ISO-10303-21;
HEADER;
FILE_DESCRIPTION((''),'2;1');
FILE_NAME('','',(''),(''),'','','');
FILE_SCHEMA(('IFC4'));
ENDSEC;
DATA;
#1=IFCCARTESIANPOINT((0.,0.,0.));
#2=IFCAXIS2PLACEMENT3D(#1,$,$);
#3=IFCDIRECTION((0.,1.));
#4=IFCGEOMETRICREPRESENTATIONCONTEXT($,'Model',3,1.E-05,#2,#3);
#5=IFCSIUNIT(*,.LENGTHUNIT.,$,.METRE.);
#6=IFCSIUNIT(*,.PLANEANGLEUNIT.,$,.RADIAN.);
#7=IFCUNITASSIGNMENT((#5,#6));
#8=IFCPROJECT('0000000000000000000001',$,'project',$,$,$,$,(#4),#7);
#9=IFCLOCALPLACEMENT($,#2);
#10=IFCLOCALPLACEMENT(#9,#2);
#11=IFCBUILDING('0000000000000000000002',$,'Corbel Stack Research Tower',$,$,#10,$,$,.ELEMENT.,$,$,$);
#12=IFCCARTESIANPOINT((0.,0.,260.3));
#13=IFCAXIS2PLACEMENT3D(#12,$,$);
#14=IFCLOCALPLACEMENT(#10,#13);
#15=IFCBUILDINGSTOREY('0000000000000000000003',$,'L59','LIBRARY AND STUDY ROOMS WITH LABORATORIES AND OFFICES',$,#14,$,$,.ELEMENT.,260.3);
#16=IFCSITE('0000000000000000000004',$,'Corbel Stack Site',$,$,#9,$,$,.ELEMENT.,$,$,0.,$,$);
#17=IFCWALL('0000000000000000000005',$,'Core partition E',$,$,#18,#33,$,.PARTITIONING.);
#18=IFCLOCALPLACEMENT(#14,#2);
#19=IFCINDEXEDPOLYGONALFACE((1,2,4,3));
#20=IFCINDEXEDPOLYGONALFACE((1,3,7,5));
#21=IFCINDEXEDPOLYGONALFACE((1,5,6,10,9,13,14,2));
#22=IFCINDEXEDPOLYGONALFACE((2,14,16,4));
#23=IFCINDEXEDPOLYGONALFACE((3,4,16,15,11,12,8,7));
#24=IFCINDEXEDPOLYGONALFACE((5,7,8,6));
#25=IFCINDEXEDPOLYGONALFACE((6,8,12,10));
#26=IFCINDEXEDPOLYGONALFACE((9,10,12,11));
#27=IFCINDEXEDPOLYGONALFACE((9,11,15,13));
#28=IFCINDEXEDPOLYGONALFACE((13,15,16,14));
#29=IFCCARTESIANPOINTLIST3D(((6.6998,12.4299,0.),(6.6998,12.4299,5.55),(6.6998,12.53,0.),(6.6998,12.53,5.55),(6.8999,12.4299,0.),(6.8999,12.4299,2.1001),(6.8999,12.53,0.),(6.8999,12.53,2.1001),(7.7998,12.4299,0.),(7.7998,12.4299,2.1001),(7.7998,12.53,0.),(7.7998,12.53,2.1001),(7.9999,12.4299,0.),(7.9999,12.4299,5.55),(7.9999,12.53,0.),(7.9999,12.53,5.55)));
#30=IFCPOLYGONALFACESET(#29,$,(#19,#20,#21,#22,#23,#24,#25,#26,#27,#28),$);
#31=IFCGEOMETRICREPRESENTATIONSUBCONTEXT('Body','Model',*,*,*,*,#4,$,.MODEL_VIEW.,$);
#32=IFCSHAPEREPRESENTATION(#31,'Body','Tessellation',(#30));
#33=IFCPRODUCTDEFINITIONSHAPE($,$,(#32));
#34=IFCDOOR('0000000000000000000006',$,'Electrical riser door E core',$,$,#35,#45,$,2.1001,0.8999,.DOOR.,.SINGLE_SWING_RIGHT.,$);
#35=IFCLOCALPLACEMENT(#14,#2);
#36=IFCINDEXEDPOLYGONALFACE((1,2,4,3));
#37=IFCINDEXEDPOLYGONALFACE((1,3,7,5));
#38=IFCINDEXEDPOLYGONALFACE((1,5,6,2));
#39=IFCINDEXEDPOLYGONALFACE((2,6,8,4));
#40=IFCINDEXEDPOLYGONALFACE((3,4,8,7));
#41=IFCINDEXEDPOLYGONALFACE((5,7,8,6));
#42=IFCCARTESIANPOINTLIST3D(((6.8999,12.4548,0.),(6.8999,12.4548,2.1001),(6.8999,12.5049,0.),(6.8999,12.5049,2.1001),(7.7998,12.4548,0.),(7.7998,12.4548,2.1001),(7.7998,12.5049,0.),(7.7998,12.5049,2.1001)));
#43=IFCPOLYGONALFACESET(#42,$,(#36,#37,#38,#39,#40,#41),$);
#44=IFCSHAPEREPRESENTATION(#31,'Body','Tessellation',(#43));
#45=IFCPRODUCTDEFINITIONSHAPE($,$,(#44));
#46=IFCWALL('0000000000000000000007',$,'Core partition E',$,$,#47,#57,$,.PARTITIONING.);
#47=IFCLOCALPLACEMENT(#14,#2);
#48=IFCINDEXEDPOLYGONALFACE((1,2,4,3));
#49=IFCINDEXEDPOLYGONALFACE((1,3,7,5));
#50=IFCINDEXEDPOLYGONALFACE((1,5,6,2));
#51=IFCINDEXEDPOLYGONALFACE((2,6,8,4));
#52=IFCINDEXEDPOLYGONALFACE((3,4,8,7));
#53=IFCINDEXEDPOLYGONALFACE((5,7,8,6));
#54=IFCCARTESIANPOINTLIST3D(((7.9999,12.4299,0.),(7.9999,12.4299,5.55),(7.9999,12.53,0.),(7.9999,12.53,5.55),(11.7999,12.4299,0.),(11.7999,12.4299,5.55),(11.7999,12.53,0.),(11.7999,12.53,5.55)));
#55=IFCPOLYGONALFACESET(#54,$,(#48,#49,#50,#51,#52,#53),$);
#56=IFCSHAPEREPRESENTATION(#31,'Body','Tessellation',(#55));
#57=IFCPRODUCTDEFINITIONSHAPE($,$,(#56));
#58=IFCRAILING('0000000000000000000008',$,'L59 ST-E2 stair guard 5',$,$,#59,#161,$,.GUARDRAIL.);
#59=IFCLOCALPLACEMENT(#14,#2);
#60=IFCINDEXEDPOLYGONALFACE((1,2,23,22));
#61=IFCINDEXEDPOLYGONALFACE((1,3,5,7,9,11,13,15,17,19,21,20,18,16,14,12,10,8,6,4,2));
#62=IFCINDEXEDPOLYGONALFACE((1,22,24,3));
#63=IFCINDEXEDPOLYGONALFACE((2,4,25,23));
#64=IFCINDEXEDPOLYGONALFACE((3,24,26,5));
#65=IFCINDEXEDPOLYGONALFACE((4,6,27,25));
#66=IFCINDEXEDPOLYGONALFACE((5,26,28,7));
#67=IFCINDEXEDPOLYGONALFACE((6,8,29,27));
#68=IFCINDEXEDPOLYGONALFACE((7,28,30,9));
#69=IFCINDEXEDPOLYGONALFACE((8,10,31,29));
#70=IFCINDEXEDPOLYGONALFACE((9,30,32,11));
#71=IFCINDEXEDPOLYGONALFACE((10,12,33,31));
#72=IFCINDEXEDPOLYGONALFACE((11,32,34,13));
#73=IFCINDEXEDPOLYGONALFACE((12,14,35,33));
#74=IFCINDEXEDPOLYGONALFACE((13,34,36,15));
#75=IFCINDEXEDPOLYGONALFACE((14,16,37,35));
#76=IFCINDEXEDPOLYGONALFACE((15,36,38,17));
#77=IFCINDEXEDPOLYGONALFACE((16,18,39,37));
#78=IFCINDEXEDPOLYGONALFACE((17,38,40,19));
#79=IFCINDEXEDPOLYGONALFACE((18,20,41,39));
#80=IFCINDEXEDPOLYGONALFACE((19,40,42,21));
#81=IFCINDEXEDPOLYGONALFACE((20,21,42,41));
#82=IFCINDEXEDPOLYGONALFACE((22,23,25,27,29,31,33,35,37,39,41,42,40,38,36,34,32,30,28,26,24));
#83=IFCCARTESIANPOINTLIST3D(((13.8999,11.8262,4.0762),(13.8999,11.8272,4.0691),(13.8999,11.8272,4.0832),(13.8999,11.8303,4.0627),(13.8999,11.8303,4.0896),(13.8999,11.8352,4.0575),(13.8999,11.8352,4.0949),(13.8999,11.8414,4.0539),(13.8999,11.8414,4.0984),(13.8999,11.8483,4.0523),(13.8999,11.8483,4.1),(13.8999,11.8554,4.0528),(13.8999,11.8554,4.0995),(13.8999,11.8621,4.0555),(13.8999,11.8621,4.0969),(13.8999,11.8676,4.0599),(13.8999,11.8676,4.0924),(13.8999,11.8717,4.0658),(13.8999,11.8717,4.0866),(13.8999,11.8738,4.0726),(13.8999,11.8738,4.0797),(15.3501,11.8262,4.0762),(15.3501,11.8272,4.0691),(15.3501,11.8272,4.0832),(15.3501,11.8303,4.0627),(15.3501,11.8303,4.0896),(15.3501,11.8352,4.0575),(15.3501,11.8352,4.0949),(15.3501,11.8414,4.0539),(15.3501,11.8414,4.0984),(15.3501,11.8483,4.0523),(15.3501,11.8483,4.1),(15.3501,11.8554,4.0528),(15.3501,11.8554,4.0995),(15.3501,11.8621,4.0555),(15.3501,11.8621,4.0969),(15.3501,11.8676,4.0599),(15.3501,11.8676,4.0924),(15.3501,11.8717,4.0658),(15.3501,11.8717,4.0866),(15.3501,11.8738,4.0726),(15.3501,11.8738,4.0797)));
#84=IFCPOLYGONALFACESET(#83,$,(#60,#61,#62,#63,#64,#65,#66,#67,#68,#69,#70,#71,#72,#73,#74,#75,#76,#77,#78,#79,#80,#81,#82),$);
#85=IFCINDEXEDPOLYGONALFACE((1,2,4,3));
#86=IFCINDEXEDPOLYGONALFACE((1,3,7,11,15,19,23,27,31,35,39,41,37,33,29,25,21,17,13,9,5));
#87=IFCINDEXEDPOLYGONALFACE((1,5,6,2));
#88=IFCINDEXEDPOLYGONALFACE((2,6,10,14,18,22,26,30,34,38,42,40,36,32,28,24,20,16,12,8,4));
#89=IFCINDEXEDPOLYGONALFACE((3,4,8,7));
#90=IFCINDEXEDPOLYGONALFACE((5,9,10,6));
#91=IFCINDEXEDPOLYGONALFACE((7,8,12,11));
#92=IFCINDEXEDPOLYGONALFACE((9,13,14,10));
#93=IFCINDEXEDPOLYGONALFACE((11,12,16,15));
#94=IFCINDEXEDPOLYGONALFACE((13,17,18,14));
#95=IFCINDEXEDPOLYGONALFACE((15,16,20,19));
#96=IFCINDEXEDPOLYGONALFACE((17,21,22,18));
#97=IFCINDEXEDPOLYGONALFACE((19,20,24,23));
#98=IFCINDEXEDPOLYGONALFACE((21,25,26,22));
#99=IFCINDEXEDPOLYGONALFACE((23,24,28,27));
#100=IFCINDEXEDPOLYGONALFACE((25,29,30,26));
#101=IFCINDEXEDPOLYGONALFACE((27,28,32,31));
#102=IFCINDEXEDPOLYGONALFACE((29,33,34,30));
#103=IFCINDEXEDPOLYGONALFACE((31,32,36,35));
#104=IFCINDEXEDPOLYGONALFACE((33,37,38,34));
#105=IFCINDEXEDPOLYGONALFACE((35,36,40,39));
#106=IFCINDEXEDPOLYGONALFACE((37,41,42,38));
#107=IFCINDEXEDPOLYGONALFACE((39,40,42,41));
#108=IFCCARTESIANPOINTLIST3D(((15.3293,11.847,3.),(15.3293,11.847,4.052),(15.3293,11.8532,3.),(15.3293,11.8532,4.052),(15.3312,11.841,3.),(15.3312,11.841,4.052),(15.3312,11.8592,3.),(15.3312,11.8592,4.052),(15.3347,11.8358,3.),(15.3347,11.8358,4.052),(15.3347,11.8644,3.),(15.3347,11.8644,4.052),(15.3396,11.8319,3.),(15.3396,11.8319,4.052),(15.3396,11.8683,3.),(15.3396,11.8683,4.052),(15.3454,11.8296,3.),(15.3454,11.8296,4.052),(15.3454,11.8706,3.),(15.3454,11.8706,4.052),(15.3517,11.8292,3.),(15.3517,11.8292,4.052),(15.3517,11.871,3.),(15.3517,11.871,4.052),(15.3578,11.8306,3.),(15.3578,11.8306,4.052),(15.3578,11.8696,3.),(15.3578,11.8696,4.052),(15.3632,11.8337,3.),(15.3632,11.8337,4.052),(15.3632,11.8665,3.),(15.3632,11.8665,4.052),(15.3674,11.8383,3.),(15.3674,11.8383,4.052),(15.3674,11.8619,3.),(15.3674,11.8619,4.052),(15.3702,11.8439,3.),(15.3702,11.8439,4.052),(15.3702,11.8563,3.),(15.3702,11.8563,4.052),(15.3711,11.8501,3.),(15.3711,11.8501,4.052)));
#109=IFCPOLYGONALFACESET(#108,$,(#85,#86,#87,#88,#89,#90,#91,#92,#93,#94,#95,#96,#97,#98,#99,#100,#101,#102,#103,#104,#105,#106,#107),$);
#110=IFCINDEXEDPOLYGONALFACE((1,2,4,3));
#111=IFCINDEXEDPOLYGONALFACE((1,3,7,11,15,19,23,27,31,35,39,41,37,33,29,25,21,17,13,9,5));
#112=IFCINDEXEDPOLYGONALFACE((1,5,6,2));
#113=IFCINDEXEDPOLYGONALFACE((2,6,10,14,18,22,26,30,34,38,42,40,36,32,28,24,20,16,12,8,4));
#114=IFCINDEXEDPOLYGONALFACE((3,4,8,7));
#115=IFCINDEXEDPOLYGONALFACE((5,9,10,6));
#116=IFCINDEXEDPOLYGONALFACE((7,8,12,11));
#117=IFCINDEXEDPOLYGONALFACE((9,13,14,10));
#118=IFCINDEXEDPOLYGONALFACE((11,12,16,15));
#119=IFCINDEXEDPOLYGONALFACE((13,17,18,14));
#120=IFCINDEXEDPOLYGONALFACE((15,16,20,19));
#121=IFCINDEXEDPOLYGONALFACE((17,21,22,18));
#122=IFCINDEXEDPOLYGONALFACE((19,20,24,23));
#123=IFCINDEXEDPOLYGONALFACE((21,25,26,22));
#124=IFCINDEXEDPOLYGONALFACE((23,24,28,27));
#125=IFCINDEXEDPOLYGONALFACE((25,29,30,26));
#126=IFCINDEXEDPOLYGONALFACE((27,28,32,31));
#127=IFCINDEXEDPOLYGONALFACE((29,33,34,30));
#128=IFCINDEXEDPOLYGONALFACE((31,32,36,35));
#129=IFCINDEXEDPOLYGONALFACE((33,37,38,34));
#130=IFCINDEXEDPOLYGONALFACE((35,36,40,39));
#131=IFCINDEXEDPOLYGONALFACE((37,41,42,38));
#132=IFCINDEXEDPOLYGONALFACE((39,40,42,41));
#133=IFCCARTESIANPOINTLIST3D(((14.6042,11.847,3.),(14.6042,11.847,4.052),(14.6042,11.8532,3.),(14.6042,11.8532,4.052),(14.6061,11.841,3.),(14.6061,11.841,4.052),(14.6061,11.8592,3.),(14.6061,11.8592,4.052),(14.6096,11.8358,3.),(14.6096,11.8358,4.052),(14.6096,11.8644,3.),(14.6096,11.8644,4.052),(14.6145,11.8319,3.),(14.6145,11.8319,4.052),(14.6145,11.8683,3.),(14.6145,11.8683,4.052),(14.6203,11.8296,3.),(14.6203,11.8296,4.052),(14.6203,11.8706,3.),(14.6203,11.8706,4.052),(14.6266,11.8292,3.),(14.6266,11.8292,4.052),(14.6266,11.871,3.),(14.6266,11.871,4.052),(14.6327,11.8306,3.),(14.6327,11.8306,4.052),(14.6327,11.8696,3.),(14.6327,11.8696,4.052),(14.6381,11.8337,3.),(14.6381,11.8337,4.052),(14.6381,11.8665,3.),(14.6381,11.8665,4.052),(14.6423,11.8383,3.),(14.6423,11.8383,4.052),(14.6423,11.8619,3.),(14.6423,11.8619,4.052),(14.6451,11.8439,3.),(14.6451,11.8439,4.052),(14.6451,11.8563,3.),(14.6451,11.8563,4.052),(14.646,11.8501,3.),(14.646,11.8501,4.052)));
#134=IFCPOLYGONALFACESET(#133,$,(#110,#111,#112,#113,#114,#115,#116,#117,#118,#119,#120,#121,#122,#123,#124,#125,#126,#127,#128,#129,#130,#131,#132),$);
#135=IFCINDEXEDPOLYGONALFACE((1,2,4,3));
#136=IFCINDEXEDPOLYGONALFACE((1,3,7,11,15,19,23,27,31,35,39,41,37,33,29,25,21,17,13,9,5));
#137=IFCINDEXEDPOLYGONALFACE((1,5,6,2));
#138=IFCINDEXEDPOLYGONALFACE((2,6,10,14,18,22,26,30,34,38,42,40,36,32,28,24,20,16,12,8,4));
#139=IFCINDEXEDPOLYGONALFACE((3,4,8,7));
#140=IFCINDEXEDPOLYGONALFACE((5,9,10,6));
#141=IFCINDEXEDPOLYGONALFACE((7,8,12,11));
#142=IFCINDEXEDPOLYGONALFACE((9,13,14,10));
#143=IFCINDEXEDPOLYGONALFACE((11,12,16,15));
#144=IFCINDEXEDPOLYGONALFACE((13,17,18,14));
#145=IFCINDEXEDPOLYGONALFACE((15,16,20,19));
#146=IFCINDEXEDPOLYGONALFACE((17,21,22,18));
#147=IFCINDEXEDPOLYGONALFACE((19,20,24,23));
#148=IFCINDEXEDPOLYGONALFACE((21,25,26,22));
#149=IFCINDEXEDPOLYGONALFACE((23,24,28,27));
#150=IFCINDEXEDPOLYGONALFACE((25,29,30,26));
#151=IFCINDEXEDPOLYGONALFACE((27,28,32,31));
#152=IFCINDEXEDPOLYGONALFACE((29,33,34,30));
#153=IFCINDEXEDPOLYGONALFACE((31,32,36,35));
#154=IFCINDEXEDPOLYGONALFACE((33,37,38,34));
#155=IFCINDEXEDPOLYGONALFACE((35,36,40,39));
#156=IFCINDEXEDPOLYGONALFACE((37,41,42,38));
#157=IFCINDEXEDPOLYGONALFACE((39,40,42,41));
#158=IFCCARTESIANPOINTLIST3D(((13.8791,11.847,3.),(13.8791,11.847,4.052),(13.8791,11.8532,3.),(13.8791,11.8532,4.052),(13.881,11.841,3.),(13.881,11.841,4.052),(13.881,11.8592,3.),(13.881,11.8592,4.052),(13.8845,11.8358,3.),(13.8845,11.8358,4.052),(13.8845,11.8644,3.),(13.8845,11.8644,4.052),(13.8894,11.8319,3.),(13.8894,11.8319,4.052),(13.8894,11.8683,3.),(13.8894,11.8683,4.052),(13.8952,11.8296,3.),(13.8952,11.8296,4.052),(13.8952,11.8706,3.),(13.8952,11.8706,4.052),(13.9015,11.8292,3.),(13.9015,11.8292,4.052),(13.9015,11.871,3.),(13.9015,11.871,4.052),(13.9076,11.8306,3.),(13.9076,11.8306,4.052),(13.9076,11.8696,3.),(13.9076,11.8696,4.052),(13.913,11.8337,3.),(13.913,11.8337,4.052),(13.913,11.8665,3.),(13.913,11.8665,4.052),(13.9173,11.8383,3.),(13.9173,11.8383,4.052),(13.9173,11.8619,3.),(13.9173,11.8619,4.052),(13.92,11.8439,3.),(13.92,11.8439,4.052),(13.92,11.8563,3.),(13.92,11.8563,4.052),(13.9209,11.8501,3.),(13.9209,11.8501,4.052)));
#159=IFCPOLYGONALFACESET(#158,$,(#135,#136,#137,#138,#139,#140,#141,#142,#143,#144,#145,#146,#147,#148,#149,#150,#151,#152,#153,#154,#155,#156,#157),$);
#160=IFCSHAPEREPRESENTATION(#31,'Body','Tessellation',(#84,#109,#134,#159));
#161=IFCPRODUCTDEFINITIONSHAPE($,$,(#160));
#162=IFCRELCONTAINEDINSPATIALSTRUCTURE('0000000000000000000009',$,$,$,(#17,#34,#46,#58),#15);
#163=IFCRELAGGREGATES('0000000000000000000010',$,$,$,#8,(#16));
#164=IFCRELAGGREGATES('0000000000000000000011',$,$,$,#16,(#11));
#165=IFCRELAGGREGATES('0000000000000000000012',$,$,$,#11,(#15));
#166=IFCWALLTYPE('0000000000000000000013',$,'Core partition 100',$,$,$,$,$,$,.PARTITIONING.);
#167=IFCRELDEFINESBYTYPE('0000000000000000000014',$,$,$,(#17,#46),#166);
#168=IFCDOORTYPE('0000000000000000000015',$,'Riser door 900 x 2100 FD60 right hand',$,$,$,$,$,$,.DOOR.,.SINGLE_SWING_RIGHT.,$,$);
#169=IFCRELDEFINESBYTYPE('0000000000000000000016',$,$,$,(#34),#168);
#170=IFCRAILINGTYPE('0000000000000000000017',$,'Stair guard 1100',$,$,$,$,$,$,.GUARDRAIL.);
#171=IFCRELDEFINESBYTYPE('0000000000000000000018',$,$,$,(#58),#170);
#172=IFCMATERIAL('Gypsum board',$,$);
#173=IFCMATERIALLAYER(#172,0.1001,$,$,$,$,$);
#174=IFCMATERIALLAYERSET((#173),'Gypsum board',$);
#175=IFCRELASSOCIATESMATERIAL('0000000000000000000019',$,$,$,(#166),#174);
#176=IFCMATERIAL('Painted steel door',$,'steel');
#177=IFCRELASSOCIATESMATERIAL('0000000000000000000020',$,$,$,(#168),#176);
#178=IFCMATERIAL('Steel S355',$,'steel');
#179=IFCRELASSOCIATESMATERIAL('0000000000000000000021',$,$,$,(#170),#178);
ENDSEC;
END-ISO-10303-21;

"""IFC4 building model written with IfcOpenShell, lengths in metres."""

from ifc_helpers import new_model, si_unit, direction, frame, frame_2d, origin, origin_2d, place, context, subcontext, project, spatial, rectangle, circle, extrude, material, layer, layer_set, type_object, element, fill, save


model = new_model("IFC4")

# Units and contexts
model_context = context("Model", 3, precision=1e-05, world=origin(), true_north=direction((0.0, 1.0)))
body_context = subcontext(model_context, "Body", "Model", "MODEL_VIEW")
ifc_project = project(units=[si_unit("LENGTHUNIT", "METRE"), si_unit("PLANEANGLEUNIT", "RADIAN")], contexts=[model_context])

# Site, building, storey
site_placement = place(None, origin())
site = spatial("IfcSite", under=ifc_project, at=site_placement, Name="Corbel Stack Site", CompositionType="ELEMENT", RefElevation=0.0)
building_placement = place(site_placement, origin())
building = spatial("IfcBuilding", under=site, at=building_placement, Name="Corbel Stack Research Tower", CompositionType="ELEMENT")
storey_placement = place(building_placement, frame((0.0, 0.0, 260.3)))
storey = spatial("IfcBuildingStorey", under=building, at=storey_placement, Name="L59", Description="LIBRARY AND STUDY ROOMS WITH LABORATORIES AND OFFICES", CompositionType="ELEMENT", Elevation=260.3)

# Wall, opening, door
ifc_material_1 = material(Name="Gypsum board")
ifc_layer_1 = layer(ifc_material_1, 0.1001)
ifc_layer_set_1 = layer_set([ifc_layer_1], Name="Gypsum board")
wall_type_1 = type_object("IfcWallType", Name="Core partition 100", PredefinedType="PARTITIONING", material=ifc_layer_set_1)
wall_1_placement = place(storey_placement, frame((6.7, 12.48, 0.0), z_axis=(0.0, 0.0, 1.0), x_axis=(1.0, 0.0, 0.0)))
wall_1 = element("IfcWall", 1, at=wall_1_placement, inside=storey, type_object=wall_type_1, Name="Core partition E", PredefinedType="PARTITIONING", context=body_context, shape_type="SweptSolid", body=[
    extrude(rectangle(XDim=1.3, YDim=0.1001, at=frame_2d((0.6499, 0.0))), origin(), (0.0, 0.0, 1.0), 5.55),
])
opening_1_placement = place(wall_1_placement, frame((0.2, 0.0, 0.0)))
opening_1 = element("IfcOpeningElement", 2, at=opening_1_placement, cuts=wall_1, PredefinedType="OPENING", context=body_context, shape_type="SweptSolid", body=[
    extrude(rectangle(XDim=0.8999, YDim=2.1001, at=frame_2d((0.45, 1.05))), frame((0.0, 0.0601, 0.0), z_axis=(0.0, -1.0, 0.0), x_axis=(1.0, 0.0, 0.0)), (0.0, 0.0, 1.0), 0.1201),
])
ifc_material_2 = material(Name="Painted steel door", Category="steel")
door_type_1 = type_object("IfcDoorType", Name="Riser door 900 x 2100 FD60 right hand", OperationType="SINGLE_SWING_RIGHT", PredefinedType="DOOR", material=ifc_material_2)
door_1_placement = place(opening_1_placement, origin())
door_1 = element("IfcDoor", 3, at=door_1_placement, inside=storey, type_object=door_type_1, Name="Electrical riser door E core", OperationType="SINGLE_SWING_RIGHT", OverallHeight=2.1001, OverallWidth=0.8999, PredefinedType="DOOR", context=body_context, shape_type="SweptSolid", body=[
    extrude(rectangle(XDim=0.8999, YDim=2.1001, at=frame_2d((0.45, 1.05))), frame((0.0, 0.0249, 0.0), z_axis=(0.0, -1.0, 0.0), x_axis=(1.0, 0.0, 0.0)), (0.0, 0.0, 1.0), 0.05),
])
fill(opening_1, door_1)

# Wall
wall_2_placement = place(storey_placement, frame((8.0, 12.48, 0.0), z_axis=(0.0, 0.0, 1.0), x_axis=(1.0, 0.0, 0.0)))
element("IfcWall", 4, at=wall_2_placement, inside=storey, type_object=wall_type_1, Name="Core partition E", PredefinedType="PARTITIONING", context=body_context, shape_type="SweptSolid", body=[
    extrude(rectangle(XDim=3.8, YDim=0.1001, at=frame_2d((1.8999, 0.0))), origin(), (0.0, 0.0, 1.0), 5.55),
])

# Railing
ifc_material_3 = material(Name="Steel S355", Category="steel")
railing_type = type_object("IfcRailingType", Name="Stair guard 1100", PredefinedType="GUARDRAIL", material=ifc_material_3)
for number, where, name in (
    (5, (15.3501, 11.8501, 3.0), "L59 ST-E2 stair guard 5"),
):
    element("IfcRailing", number, at=place(storey_placement, frame(where)), inside=storey, type_object=railing_type, Name=name, PredefinedType="GUARDRAIL", context=body_context, shape_type="SweptSolid", body=[
        extrude(circle(Radius=0.0239, at=origin_2d()), frame((0.0, 0.0, 1.0762), z_axis=(-1.0, 0.0, 0.0), x_axis=(0.0, -1.0, 0.0)), (0.0, 0.0, 1.0), 1.4502),
        extrude(circle(Radius=0.021, at=origin_2d()), origin(), (0.0, 0.0, 1.0), 1.052),
        extrude(circle(Radius=0.021, at=origin_2d()), frame((-0.7251, 0.0, 0.0)), (0.0, 0.0, 1.0), 1.052),
        extrude(circle(Radius=0.021, at=origin_2d()), frame((-1.4502, 0.0, 0.0)), (0.0, 0.0, 1.0), 1.052),
    ])

save(model, "model.ifc")
